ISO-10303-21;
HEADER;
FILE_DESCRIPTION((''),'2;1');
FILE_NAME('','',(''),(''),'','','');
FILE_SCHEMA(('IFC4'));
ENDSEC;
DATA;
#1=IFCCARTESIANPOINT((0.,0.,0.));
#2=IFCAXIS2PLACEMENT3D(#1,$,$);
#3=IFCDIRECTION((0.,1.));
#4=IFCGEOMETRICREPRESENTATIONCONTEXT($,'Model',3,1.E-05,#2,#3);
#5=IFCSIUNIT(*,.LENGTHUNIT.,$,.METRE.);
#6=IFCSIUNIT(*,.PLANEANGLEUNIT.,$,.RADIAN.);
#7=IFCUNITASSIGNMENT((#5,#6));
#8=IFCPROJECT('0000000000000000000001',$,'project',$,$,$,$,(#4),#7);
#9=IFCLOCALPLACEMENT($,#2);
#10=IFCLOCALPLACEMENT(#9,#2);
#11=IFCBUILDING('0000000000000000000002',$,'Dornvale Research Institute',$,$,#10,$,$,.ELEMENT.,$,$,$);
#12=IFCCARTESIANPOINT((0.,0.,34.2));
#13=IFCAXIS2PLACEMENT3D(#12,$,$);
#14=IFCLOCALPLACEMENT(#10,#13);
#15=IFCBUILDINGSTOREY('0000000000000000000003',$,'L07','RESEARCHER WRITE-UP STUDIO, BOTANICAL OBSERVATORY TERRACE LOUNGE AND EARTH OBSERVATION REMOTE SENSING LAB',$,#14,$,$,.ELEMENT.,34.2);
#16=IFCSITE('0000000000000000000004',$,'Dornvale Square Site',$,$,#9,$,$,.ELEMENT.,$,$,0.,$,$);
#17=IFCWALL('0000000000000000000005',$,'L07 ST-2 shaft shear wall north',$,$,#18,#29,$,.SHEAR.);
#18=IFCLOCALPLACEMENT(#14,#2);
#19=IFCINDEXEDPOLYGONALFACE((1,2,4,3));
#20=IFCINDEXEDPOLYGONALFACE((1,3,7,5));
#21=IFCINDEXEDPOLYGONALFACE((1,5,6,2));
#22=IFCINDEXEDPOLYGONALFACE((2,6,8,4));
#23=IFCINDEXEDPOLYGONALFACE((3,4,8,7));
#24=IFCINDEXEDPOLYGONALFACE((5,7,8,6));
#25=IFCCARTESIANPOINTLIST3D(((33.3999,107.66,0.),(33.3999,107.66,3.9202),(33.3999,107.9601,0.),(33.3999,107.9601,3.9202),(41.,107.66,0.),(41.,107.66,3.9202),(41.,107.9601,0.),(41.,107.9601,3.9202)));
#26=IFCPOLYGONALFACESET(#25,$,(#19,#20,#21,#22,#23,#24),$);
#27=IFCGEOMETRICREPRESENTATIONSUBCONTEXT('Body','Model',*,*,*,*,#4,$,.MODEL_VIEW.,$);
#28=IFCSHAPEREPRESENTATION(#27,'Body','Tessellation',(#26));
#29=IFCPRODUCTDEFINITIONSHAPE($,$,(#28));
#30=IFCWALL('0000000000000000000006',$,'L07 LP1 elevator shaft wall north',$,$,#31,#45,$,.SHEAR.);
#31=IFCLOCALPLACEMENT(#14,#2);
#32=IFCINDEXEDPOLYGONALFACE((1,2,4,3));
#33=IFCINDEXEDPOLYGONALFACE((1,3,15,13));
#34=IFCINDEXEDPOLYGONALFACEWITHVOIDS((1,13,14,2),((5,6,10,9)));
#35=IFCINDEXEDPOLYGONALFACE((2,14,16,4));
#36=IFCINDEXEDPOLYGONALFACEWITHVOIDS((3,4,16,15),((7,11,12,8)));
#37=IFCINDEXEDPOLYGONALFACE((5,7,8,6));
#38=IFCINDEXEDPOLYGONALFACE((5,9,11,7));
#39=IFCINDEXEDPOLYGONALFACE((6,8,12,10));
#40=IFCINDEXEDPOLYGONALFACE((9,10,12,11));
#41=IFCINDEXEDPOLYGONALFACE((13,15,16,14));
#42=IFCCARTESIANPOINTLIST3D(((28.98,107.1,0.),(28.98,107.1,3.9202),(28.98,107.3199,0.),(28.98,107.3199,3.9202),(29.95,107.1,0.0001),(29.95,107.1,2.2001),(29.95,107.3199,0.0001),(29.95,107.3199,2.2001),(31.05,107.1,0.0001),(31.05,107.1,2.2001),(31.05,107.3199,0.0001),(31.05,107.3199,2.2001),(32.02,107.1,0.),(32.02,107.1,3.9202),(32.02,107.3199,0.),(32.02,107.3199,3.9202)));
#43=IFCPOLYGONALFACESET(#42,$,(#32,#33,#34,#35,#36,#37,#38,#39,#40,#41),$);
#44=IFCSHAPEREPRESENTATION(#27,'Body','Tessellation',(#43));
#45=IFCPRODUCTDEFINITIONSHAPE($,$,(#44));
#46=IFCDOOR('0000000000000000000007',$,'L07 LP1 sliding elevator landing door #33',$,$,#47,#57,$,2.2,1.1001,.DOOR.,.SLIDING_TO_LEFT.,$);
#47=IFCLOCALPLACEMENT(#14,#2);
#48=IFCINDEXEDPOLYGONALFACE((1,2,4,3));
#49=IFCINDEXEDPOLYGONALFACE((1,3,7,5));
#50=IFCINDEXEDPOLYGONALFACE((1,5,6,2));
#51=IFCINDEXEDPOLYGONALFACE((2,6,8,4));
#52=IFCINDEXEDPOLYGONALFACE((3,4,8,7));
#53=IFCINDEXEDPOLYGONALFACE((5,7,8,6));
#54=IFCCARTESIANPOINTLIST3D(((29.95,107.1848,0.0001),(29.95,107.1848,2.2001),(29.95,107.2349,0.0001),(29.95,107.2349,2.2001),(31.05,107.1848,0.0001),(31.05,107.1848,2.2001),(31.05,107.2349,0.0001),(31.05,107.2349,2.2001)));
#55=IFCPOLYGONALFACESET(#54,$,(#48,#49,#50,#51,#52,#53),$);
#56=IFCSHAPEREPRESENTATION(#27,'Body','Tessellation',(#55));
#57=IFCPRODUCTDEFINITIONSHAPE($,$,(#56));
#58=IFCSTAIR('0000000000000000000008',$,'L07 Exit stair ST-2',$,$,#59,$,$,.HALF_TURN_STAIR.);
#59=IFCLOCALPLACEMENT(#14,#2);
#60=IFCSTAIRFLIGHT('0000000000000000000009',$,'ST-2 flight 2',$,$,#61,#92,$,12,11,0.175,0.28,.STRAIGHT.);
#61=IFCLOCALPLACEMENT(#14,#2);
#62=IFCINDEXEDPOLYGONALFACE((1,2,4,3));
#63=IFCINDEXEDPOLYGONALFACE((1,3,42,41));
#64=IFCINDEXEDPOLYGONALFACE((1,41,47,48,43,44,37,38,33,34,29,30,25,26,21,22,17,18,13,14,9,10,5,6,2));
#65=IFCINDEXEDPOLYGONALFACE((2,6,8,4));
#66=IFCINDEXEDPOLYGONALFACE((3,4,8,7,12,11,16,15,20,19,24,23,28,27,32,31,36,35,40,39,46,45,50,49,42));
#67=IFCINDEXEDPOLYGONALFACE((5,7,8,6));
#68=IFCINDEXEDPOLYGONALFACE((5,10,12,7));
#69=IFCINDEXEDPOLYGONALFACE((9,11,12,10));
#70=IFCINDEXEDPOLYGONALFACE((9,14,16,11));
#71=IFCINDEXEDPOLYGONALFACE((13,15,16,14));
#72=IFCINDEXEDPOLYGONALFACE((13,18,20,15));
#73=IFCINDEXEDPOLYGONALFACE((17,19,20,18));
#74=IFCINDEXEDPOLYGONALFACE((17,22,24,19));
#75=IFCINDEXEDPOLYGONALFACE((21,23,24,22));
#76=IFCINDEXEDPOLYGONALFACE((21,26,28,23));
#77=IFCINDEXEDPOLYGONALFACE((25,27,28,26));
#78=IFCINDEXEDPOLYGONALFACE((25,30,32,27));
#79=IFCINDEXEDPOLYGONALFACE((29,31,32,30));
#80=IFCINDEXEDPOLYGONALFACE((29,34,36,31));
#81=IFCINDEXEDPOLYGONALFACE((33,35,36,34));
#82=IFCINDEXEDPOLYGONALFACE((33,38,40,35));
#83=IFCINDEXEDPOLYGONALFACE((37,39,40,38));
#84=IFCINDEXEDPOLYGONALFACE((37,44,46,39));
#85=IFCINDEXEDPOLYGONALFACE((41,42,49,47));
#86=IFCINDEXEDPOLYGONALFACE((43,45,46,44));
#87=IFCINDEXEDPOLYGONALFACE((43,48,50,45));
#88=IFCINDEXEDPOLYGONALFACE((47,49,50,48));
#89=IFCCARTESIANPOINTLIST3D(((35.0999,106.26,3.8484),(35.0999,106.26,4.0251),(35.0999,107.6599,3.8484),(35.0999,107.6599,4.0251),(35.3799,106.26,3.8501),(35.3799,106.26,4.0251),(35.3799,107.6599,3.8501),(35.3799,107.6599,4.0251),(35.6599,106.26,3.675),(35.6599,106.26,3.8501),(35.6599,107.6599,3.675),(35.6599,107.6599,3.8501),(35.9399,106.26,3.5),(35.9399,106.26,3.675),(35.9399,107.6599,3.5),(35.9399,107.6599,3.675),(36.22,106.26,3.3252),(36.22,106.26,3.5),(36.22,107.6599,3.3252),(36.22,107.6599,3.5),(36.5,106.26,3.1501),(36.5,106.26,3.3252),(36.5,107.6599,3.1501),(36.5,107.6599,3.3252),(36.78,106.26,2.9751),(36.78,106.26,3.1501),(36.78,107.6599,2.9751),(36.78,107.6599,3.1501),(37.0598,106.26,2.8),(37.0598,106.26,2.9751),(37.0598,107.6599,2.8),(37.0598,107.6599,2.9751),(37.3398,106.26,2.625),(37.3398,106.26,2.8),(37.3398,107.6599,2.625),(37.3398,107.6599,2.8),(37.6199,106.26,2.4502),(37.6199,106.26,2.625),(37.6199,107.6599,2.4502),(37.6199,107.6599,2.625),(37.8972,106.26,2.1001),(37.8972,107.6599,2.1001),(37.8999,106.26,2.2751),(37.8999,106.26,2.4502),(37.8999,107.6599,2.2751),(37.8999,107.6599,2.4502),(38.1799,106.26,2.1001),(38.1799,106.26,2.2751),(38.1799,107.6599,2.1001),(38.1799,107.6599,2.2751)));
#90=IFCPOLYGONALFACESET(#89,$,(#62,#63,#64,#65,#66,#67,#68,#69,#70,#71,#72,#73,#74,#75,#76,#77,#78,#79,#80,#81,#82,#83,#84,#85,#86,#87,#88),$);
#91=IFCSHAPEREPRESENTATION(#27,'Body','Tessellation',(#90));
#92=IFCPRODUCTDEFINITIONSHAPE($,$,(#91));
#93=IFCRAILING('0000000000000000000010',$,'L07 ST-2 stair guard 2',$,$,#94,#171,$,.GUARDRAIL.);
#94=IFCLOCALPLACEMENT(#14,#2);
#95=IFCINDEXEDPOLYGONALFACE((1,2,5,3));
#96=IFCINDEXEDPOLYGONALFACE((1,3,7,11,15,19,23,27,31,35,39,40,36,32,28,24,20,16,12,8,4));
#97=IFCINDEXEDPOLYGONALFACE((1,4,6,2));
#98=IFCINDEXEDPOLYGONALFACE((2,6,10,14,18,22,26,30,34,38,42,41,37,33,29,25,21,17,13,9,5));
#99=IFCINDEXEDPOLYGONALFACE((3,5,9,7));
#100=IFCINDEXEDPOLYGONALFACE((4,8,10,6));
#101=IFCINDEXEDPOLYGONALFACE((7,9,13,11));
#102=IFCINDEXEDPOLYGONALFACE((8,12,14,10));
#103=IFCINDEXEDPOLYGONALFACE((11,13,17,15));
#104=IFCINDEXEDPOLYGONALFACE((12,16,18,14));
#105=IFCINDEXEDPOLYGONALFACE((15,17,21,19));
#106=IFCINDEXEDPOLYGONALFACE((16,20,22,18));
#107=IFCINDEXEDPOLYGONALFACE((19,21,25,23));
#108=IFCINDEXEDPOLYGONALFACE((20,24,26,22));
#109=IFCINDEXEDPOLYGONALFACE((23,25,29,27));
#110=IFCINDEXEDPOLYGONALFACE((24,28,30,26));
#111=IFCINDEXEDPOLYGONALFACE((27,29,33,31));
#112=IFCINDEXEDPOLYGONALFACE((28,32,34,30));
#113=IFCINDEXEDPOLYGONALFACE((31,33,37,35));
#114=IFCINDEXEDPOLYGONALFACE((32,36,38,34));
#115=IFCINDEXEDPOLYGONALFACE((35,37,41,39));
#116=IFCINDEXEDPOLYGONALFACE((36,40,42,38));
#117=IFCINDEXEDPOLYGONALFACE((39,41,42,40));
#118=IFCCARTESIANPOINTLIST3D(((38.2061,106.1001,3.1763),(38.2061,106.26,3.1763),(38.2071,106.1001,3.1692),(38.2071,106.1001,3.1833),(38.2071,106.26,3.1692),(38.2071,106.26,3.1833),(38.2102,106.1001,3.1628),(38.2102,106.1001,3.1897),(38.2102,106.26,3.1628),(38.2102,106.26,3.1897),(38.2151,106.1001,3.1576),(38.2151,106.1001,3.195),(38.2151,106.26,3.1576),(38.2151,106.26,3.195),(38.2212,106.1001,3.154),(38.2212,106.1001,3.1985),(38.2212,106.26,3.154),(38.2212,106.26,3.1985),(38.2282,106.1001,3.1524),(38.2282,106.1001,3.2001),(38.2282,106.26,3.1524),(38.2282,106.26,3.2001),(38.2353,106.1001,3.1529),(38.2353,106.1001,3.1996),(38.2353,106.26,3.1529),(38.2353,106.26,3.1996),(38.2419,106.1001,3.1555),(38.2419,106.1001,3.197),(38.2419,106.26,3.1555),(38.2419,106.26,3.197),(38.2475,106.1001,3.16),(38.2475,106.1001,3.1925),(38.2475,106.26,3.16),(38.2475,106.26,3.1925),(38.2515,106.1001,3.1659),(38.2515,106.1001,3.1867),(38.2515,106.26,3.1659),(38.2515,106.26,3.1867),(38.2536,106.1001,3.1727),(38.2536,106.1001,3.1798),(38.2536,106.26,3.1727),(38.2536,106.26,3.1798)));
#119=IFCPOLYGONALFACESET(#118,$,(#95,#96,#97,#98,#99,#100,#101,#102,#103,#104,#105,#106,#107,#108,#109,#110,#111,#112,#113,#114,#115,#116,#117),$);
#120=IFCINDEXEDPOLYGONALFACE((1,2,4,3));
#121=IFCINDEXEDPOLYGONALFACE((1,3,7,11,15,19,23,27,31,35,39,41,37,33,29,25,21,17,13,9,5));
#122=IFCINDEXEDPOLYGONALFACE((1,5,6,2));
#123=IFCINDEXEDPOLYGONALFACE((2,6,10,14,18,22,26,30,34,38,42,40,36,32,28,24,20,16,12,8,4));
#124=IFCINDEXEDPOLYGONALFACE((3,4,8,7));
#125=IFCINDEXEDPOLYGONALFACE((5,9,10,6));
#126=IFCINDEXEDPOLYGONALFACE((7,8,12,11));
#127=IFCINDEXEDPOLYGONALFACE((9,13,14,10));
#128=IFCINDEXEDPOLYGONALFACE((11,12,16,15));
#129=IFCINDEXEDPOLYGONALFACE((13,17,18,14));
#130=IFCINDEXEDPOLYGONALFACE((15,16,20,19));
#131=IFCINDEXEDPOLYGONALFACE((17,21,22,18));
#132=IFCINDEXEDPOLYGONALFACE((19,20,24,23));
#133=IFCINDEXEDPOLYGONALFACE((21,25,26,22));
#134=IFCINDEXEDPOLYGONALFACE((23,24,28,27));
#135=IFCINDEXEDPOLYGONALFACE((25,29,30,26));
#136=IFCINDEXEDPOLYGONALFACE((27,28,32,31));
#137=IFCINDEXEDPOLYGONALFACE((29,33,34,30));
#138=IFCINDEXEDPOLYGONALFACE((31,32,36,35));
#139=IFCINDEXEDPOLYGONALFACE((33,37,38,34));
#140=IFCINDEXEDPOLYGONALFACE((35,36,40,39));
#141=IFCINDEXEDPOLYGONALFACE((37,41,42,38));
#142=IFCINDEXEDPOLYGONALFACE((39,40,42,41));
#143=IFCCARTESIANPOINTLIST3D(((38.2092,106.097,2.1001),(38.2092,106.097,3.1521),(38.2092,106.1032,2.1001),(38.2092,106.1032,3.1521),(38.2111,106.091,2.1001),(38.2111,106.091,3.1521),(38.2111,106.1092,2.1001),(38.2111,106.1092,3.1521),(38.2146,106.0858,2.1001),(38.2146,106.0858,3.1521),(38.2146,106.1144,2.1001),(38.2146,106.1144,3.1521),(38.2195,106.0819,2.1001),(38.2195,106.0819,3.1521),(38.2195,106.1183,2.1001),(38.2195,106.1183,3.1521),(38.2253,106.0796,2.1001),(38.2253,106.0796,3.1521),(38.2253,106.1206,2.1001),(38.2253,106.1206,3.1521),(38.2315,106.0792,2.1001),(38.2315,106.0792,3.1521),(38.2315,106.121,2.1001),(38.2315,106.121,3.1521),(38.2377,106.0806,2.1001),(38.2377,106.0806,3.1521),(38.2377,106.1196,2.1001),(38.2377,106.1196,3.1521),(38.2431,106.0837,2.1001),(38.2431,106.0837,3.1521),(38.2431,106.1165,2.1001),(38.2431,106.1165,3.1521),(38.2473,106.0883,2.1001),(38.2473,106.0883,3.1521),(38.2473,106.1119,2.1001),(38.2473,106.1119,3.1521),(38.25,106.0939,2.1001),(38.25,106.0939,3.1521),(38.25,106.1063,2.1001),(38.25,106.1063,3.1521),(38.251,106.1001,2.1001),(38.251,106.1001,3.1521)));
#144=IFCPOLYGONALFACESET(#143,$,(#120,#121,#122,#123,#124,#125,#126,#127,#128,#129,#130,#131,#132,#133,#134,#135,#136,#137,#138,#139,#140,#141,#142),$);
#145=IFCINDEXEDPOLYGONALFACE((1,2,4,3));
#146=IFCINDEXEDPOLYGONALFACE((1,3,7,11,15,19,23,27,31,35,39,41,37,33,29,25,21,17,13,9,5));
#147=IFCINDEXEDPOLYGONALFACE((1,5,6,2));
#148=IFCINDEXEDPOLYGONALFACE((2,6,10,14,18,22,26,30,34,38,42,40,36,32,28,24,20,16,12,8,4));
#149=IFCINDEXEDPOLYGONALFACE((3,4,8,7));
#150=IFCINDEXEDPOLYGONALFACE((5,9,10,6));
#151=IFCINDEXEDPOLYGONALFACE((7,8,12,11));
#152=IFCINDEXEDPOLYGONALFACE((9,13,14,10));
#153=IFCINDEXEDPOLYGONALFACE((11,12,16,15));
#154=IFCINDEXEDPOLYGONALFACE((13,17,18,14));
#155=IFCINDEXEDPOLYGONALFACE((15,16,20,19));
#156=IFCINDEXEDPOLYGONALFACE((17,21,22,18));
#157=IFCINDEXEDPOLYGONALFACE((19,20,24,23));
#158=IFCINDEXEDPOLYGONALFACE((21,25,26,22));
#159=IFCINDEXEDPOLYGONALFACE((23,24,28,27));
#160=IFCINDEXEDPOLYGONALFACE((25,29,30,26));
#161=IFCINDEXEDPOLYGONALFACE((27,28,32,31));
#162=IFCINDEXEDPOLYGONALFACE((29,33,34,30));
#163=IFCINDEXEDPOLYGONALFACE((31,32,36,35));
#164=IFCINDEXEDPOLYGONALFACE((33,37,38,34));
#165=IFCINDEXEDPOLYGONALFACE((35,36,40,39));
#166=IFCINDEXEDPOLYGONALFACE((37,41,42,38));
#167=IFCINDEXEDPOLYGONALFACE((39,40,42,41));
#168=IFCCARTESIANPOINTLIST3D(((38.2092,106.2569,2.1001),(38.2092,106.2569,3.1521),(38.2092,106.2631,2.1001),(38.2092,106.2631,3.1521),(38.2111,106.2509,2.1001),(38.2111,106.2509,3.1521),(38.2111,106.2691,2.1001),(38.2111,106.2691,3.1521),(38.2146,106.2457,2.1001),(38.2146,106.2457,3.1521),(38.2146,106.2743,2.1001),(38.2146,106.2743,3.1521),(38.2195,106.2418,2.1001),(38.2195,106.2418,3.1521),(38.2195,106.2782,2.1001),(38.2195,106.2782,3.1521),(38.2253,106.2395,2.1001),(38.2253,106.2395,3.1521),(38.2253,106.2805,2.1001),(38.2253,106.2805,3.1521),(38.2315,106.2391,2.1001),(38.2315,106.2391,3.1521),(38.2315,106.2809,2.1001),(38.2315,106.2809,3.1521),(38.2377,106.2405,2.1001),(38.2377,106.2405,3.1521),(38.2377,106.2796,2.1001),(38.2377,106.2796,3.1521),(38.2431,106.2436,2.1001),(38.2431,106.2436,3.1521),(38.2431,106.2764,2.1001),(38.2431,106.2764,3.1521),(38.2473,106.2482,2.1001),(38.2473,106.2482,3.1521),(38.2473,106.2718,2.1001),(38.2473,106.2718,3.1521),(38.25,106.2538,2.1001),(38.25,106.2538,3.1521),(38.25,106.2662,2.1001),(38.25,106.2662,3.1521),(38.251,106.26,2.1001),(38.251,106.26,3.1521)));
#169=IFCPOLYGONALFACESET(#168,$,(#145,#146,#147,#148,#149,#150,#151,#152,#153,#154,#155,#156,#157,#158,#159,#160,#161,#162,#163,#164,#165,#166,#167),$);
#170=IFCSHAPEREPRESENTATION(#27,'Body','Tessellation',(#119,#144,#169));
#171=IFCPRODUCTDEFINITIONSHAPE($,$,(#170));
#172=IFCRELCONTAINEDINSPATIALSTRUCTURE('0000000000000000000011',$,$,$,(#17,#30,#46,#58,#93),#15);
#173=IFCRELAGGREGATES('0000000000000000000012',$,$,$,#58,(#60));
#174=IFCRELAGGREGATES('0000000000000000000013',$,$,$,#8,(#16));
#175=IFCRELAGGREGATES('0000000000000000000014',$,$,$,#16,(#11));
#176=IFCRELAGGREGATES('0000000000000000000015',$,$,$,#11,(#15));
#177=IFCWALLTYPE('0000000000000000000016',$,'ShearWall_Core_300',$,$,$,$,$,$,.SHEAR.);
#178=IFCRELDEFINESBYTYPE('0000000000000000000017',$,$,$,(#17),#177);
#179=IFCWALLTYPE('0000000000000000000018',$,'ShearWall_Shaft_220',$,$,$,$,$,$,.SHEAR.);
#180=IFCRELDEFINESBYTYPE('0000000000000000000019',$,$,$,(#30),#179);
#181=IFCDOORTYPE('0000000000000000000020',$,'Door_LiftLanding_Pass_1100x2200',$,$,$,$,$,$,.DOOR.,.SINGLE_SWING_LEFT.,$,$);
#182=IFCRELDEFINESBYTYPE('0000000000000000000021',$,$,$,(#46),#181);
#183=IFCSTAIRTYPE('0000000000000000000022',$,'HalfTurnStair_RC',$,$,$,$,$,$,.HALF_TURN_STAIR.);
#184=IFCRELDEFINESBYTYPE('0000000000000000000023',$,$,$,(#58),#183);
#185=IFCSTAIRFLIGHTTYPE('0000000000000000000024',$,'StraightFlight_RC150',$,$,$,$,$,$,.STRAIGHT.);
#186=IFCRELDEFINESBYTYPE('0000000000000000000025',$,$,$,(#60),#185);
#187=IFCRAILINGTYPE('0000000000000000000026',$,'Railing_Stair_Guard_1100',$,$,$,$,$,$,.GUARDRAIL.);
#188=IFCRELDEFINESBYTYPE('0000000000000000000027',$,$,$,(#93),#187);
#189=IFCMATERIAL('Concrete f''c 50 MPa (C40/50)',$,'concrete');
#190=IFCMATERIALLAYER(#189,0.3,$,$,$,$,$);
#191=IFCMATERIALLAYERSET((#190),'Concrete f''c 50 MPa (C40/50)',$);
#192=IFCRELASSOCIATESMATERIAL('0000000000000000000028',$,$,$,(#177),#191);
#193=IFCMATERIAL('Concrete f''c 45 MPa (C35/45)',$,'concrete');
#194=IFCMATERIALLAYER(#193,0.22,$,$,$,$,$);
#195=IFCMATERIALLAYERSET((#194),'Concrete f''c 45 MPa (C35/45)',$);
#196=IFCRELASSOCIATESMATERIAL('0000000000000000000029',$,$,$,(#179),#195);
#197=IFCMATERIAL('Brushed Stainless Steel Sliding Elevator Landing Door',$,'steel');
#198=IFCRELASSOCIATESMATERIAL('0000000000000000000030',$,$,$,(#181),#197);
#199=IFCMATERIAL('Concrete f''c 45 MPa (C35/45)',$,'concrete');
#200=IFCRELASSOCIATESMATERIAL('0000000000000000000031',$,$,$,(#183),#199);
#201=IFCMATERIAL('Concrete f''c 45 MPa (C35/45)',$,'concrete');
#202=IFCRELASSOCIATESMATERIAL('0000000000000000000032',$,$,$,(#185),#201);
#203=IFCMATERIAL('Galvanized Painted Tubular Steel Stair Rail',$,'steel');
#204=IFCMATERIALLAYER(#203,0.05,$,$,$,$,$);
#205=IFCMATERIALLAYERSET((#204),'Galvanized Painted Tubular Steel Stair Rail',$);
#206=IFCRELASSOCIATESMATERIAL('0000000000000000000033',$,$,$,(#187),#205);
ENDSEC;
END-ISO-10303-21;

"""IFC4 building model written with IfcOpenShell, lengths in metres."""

from ifc_helpers import new_model, si_unit, direction, frame, frame_2d, origin, origin_2d, place, context, subcontext, project, spatial, polyline, rectangle, circle, outline, extrude, material, layer, layer_set, type_object, element, fill, aggregate, save


model = new_model("IFC4")

# Units and contexts
model_context = context("Model", 3, precision=1e-05, world=origin(), true_north=direction((0.0, 1.0)))
body_context = subcontext(model_context, "Body", "Model", "MODEL_VIEW")
ifc_project = project(units=[si_unit("LENGTHUNIT", "METRE"), si_unit("PLANEANGLEUNIT", "RADIAN")], contexts=[model_context])

# Site, building, storey
site_placement = place(None, origin())
site = spatial("IfcSite", under=ifc_project, at=site_placement, Name="Dornvale Square Site", CompositionType="ELEMENT", RefElevation=0.0)
building_placement = place(site_placement, origin())
building = spatial("IfcBuilding", under=site, at=building_placement, Name="Dornvale Research Institute", CompositionType="ELEMENT")
storey_placement = place(building_placement, frame((0.0, 0.0, 34.2)))
storey = spatial("IfcBuildingStorey", under=building, at=storey_placement, Name="L07", Description="RESEARCHER WRITE-UP STUDIO, BOTANICAL OBSERVATORY TERRACE LOUNGE AND EARTH OBSERVATION REMOTE SENSING LAB", CompositionType="ELEMENT", Elevation=34.2)

# Wall
ifc_material_1 = material(Name="Concrete f'c 50 MPa (C40/50)", Category="concrete")
ifc_layer_1 = layer(ifc_material_1, 0.3)
ifc_layer_set_1 = layer_set([ifc_layer_1], Name="Concrete f'c 50 MPa (C40/50)")
wall_type_1 = type_object("IfcWallType", Name="ShearWall_Core_300", PredefinedType="SHEAR", material=ifc_layer_set_1)
wall_1_placement = place(storey_placement, frame((33.3999, 107.8101, 0.0), z_axis=(0.0, 0.0, 1.0), x_axis=(1.0, 0.0, 0.0)))
element("IfcWall", 1, at=wall_1_placement, inside=storey, type_object=wall_type_1, Name="L07 ST-2 shaft shear wall north", PredefinedType="SHEAR", context=body_context, shape_type="SweptSolid", body=[
    extrude(rectangle(XDim=7.6001, YDim=0.3, at=frame_2d((3.8, 0.0))), origin(), (0.0, 0.0, 1.0), 3.9202),
])

# Wall, opening, door
ifc_material_2 = material(Name="Concrete f'c 45 MPa (C35/45)", Category="concrete")
ifc_layer_2 = layer(ifc_material_2, 0.22)
ifc_layer_set_2 = layer_set([ifc_layer_2], Name="Concrete f'c 45 MPa (C35/45)")
wall_type_2 = type_object("IfcWallType", Name="ShearWall_Shaft_220", PredefinedType="SHEAR", material=ifc_layer_set_2)
wall_2_placement = place(storey_placement, frame((28.98, 107.21, 0.0), z_axis=(0.0, 0.0, 1.0), x_axis=(1.0, 0.0, 0.0)))
wall_2 = element("IfcWall", 2, at=wall_2_placement, inside=storey, type_object=wall_type_2, Name="L07 LP1 elevator shaft wall north", PredefinedType="SHEAR", context=body_context, shape_type="SweptSolid", body=[
    extrude(rectangle(XDim=3.04, YDim=0.22, at=frame_2d((1.52, 0.0))), origin(), (0.0, 0.0, 1.0), 3.9202),
])
opening_placement = place(wall_2_placement, frame((0.97, 0.0, 0.0)))
opening = element("IfcOpeningElement", 3, at=opening_placement, cuts=wall_2, PredefinedType="OPENING", context=body_context, shape_type="SweptSolid", body=[
    extrude(rectangle(XDim=1.1001, YDim=2.2, at=frame_2d((0.55, 1.1001))), frame((0.0, 0.125, 0.0), z_axis=(0.0, -1.0, 0.0), x_axis=(1.0, 0.0, 0.0)), (0.0, 0.0, 1.0), 0.25),
])
ifc_material_3 = material(Name="Brushed Stainless Steel Sliding Elevator Landing Door", Category="steel")
door_type = type_object("IfcDoorType", Name="Door_LiftLanding_Pass_1100x2200", OperationType="SINGLE_SWING_LEFT", PredefinedType="DOOR", material=ifc_material_3)
door_placement = place(opening_placement, origin())
door = element("IfcDoor", 4, at=door_placement, inside=storey, type_object=door_type, Name="L07 LP1 sliding elevator landing door #33", OperationType="SLIDING_TO_LEFT", OverallHeight=2.2, OverallWidth=1.1001, PredefinedType="DOOR", context=body_context, shape_type="SweptSolid", body=[
    extrude(rectangle(XDim=1.1001, YDim=2.2, at=frame_2d((0.55, 1.1001))), frame((0.0, 0.0249, 0.0), z_axis=(0.0, -1.0, 0.0), x_axis=(1.0, 0.0, 0.0)), (0.0, 0.0, 1.0), 0.05),
])
fill(opening, door)

# Stair, stair flight
ifc_material_4 = material(Name="Concrete f'c 45 MPa (C35/45)", Category="concrete")
stair_type = type_object("IfcStairType", Name="HalfTurnStair_RC", PredefinedType="HALF_TURN_STAIR", material=ifc_material_4)
stair_placement = place(storey_placement, origin())
stair = element("IfcStair", 5, at=stair_placement, inside=storey, type_object=stair_type, Name="L07 Exit stair ST-2", PredefinedType="HALF_TURN_STAIR")
ifc_material_5 = material(Name="Concrete f'c 45 MPa (C35/45)", Category="concrete")
stair_flight_type = type_object("IfcStairFlightType", Name="StraightFlight_RC150", PredefinedType="STRAIGHT", material=ifc_material_5)
stair_flight_placement = place(storey_placement, frame((38.1799, 106.96, 2.1001), z_axis=(0.0, 0.0, 1.0), x_axis=(-1.0, 0.0, 0.0)))
stair_flight = element("IfcStairFlight", 6, at=stair_flight_placement, type_object=stair_flight_type, Name="ST-2 flight 2", NumberOfRisers=12, NumberOfTreads=11, PredefinedType="STRAIGHT", RiserHeight=0.175, TreadLength=0.28, context=body_context, shape_type="SweptSolid", body=[
    extrude(outline(polyline([(0.0, 0.0), (0.0, 0.175), (0.28, 0.175), (0.28, 0.3501), (0.5601, 0.3501), (0.5601, 0.5249), (0.8401, 0.5249), (0.8401, 0.7), (1.1201, 0.7), (1.1201, 0.875), (1.3999, 0.875), (1.3999, 1.05), (1.6799, 1.05), (1.6799, 1.2251), (1.96, 1.2251), (1.96, 1.3999), (2.24, 1.3999), (2.24, 1.575), (2.52, 1.575), (2.52, 1.75), (2.8, 1.75), (2.8, 1.925), (3.0801, 1.925), (3.0801, 2.1001), (3.0801, 1.7483), (0.2827, 0.0), (0.0, 0.0)])), frame((0.0, 0.7, 0.0), z_axis=(0.0, -1.0, 0.0), x_axis=(1.0, 0.0, 0.0)), (0.0, 0.0, 1.0), 1.3999),
])
aggregate(stair, [stair_flight])

# Railing
ifc_material_6 = material(Name="Galvanized Painted Tubular Steel Stair Rail", Category="steel")
ifc_layer_3 = layer(ifc_material_6, 0.05)
ifc_layer_set_3 = layer_set([ifc_layer_3], Name="Galvanized Painted Tubular Steel Stair Rail")
railing_type_1 = type_object("IfcRailingType", Name="Railing_Stair_Guard_1100", PredefinedType="GUARDRAIL", material=ifc_layer_set_3)
railing_1_placement = place(storey_placement, frame((38.23, 106.1001, 2.1001)))
element("IfcRailing", 7, at=railing_1_placement, inside=storey, type_object=railing_type_1, Name="L07 ST-2 stair guard 2", PredefinedType="GUARDRAIL", context=body_context, shape_type="SweptSolid", body=[
    extrude(circle(Radius=0.0239, at=origin_2d()), frame((0.0, 0.0, 1.0762), z_axis=(0.0, 1.0, 0.0), x_axis=(-1.0, 0.0, 0.0)), (0.0, 0.0, 1.0), 0.1599),
    extrude(circle(Radius=0.021, at=origin_2d()), origin(), (0.0, 0.0, 1.0), 1.052),
    extrude(circle(Radius=0.021, at=origin_2d()), frame((0.0, 0.1599, 0.0)), (0.0, 0.0, 1.0), 1.052),
])

save(model, "model.ifc")
